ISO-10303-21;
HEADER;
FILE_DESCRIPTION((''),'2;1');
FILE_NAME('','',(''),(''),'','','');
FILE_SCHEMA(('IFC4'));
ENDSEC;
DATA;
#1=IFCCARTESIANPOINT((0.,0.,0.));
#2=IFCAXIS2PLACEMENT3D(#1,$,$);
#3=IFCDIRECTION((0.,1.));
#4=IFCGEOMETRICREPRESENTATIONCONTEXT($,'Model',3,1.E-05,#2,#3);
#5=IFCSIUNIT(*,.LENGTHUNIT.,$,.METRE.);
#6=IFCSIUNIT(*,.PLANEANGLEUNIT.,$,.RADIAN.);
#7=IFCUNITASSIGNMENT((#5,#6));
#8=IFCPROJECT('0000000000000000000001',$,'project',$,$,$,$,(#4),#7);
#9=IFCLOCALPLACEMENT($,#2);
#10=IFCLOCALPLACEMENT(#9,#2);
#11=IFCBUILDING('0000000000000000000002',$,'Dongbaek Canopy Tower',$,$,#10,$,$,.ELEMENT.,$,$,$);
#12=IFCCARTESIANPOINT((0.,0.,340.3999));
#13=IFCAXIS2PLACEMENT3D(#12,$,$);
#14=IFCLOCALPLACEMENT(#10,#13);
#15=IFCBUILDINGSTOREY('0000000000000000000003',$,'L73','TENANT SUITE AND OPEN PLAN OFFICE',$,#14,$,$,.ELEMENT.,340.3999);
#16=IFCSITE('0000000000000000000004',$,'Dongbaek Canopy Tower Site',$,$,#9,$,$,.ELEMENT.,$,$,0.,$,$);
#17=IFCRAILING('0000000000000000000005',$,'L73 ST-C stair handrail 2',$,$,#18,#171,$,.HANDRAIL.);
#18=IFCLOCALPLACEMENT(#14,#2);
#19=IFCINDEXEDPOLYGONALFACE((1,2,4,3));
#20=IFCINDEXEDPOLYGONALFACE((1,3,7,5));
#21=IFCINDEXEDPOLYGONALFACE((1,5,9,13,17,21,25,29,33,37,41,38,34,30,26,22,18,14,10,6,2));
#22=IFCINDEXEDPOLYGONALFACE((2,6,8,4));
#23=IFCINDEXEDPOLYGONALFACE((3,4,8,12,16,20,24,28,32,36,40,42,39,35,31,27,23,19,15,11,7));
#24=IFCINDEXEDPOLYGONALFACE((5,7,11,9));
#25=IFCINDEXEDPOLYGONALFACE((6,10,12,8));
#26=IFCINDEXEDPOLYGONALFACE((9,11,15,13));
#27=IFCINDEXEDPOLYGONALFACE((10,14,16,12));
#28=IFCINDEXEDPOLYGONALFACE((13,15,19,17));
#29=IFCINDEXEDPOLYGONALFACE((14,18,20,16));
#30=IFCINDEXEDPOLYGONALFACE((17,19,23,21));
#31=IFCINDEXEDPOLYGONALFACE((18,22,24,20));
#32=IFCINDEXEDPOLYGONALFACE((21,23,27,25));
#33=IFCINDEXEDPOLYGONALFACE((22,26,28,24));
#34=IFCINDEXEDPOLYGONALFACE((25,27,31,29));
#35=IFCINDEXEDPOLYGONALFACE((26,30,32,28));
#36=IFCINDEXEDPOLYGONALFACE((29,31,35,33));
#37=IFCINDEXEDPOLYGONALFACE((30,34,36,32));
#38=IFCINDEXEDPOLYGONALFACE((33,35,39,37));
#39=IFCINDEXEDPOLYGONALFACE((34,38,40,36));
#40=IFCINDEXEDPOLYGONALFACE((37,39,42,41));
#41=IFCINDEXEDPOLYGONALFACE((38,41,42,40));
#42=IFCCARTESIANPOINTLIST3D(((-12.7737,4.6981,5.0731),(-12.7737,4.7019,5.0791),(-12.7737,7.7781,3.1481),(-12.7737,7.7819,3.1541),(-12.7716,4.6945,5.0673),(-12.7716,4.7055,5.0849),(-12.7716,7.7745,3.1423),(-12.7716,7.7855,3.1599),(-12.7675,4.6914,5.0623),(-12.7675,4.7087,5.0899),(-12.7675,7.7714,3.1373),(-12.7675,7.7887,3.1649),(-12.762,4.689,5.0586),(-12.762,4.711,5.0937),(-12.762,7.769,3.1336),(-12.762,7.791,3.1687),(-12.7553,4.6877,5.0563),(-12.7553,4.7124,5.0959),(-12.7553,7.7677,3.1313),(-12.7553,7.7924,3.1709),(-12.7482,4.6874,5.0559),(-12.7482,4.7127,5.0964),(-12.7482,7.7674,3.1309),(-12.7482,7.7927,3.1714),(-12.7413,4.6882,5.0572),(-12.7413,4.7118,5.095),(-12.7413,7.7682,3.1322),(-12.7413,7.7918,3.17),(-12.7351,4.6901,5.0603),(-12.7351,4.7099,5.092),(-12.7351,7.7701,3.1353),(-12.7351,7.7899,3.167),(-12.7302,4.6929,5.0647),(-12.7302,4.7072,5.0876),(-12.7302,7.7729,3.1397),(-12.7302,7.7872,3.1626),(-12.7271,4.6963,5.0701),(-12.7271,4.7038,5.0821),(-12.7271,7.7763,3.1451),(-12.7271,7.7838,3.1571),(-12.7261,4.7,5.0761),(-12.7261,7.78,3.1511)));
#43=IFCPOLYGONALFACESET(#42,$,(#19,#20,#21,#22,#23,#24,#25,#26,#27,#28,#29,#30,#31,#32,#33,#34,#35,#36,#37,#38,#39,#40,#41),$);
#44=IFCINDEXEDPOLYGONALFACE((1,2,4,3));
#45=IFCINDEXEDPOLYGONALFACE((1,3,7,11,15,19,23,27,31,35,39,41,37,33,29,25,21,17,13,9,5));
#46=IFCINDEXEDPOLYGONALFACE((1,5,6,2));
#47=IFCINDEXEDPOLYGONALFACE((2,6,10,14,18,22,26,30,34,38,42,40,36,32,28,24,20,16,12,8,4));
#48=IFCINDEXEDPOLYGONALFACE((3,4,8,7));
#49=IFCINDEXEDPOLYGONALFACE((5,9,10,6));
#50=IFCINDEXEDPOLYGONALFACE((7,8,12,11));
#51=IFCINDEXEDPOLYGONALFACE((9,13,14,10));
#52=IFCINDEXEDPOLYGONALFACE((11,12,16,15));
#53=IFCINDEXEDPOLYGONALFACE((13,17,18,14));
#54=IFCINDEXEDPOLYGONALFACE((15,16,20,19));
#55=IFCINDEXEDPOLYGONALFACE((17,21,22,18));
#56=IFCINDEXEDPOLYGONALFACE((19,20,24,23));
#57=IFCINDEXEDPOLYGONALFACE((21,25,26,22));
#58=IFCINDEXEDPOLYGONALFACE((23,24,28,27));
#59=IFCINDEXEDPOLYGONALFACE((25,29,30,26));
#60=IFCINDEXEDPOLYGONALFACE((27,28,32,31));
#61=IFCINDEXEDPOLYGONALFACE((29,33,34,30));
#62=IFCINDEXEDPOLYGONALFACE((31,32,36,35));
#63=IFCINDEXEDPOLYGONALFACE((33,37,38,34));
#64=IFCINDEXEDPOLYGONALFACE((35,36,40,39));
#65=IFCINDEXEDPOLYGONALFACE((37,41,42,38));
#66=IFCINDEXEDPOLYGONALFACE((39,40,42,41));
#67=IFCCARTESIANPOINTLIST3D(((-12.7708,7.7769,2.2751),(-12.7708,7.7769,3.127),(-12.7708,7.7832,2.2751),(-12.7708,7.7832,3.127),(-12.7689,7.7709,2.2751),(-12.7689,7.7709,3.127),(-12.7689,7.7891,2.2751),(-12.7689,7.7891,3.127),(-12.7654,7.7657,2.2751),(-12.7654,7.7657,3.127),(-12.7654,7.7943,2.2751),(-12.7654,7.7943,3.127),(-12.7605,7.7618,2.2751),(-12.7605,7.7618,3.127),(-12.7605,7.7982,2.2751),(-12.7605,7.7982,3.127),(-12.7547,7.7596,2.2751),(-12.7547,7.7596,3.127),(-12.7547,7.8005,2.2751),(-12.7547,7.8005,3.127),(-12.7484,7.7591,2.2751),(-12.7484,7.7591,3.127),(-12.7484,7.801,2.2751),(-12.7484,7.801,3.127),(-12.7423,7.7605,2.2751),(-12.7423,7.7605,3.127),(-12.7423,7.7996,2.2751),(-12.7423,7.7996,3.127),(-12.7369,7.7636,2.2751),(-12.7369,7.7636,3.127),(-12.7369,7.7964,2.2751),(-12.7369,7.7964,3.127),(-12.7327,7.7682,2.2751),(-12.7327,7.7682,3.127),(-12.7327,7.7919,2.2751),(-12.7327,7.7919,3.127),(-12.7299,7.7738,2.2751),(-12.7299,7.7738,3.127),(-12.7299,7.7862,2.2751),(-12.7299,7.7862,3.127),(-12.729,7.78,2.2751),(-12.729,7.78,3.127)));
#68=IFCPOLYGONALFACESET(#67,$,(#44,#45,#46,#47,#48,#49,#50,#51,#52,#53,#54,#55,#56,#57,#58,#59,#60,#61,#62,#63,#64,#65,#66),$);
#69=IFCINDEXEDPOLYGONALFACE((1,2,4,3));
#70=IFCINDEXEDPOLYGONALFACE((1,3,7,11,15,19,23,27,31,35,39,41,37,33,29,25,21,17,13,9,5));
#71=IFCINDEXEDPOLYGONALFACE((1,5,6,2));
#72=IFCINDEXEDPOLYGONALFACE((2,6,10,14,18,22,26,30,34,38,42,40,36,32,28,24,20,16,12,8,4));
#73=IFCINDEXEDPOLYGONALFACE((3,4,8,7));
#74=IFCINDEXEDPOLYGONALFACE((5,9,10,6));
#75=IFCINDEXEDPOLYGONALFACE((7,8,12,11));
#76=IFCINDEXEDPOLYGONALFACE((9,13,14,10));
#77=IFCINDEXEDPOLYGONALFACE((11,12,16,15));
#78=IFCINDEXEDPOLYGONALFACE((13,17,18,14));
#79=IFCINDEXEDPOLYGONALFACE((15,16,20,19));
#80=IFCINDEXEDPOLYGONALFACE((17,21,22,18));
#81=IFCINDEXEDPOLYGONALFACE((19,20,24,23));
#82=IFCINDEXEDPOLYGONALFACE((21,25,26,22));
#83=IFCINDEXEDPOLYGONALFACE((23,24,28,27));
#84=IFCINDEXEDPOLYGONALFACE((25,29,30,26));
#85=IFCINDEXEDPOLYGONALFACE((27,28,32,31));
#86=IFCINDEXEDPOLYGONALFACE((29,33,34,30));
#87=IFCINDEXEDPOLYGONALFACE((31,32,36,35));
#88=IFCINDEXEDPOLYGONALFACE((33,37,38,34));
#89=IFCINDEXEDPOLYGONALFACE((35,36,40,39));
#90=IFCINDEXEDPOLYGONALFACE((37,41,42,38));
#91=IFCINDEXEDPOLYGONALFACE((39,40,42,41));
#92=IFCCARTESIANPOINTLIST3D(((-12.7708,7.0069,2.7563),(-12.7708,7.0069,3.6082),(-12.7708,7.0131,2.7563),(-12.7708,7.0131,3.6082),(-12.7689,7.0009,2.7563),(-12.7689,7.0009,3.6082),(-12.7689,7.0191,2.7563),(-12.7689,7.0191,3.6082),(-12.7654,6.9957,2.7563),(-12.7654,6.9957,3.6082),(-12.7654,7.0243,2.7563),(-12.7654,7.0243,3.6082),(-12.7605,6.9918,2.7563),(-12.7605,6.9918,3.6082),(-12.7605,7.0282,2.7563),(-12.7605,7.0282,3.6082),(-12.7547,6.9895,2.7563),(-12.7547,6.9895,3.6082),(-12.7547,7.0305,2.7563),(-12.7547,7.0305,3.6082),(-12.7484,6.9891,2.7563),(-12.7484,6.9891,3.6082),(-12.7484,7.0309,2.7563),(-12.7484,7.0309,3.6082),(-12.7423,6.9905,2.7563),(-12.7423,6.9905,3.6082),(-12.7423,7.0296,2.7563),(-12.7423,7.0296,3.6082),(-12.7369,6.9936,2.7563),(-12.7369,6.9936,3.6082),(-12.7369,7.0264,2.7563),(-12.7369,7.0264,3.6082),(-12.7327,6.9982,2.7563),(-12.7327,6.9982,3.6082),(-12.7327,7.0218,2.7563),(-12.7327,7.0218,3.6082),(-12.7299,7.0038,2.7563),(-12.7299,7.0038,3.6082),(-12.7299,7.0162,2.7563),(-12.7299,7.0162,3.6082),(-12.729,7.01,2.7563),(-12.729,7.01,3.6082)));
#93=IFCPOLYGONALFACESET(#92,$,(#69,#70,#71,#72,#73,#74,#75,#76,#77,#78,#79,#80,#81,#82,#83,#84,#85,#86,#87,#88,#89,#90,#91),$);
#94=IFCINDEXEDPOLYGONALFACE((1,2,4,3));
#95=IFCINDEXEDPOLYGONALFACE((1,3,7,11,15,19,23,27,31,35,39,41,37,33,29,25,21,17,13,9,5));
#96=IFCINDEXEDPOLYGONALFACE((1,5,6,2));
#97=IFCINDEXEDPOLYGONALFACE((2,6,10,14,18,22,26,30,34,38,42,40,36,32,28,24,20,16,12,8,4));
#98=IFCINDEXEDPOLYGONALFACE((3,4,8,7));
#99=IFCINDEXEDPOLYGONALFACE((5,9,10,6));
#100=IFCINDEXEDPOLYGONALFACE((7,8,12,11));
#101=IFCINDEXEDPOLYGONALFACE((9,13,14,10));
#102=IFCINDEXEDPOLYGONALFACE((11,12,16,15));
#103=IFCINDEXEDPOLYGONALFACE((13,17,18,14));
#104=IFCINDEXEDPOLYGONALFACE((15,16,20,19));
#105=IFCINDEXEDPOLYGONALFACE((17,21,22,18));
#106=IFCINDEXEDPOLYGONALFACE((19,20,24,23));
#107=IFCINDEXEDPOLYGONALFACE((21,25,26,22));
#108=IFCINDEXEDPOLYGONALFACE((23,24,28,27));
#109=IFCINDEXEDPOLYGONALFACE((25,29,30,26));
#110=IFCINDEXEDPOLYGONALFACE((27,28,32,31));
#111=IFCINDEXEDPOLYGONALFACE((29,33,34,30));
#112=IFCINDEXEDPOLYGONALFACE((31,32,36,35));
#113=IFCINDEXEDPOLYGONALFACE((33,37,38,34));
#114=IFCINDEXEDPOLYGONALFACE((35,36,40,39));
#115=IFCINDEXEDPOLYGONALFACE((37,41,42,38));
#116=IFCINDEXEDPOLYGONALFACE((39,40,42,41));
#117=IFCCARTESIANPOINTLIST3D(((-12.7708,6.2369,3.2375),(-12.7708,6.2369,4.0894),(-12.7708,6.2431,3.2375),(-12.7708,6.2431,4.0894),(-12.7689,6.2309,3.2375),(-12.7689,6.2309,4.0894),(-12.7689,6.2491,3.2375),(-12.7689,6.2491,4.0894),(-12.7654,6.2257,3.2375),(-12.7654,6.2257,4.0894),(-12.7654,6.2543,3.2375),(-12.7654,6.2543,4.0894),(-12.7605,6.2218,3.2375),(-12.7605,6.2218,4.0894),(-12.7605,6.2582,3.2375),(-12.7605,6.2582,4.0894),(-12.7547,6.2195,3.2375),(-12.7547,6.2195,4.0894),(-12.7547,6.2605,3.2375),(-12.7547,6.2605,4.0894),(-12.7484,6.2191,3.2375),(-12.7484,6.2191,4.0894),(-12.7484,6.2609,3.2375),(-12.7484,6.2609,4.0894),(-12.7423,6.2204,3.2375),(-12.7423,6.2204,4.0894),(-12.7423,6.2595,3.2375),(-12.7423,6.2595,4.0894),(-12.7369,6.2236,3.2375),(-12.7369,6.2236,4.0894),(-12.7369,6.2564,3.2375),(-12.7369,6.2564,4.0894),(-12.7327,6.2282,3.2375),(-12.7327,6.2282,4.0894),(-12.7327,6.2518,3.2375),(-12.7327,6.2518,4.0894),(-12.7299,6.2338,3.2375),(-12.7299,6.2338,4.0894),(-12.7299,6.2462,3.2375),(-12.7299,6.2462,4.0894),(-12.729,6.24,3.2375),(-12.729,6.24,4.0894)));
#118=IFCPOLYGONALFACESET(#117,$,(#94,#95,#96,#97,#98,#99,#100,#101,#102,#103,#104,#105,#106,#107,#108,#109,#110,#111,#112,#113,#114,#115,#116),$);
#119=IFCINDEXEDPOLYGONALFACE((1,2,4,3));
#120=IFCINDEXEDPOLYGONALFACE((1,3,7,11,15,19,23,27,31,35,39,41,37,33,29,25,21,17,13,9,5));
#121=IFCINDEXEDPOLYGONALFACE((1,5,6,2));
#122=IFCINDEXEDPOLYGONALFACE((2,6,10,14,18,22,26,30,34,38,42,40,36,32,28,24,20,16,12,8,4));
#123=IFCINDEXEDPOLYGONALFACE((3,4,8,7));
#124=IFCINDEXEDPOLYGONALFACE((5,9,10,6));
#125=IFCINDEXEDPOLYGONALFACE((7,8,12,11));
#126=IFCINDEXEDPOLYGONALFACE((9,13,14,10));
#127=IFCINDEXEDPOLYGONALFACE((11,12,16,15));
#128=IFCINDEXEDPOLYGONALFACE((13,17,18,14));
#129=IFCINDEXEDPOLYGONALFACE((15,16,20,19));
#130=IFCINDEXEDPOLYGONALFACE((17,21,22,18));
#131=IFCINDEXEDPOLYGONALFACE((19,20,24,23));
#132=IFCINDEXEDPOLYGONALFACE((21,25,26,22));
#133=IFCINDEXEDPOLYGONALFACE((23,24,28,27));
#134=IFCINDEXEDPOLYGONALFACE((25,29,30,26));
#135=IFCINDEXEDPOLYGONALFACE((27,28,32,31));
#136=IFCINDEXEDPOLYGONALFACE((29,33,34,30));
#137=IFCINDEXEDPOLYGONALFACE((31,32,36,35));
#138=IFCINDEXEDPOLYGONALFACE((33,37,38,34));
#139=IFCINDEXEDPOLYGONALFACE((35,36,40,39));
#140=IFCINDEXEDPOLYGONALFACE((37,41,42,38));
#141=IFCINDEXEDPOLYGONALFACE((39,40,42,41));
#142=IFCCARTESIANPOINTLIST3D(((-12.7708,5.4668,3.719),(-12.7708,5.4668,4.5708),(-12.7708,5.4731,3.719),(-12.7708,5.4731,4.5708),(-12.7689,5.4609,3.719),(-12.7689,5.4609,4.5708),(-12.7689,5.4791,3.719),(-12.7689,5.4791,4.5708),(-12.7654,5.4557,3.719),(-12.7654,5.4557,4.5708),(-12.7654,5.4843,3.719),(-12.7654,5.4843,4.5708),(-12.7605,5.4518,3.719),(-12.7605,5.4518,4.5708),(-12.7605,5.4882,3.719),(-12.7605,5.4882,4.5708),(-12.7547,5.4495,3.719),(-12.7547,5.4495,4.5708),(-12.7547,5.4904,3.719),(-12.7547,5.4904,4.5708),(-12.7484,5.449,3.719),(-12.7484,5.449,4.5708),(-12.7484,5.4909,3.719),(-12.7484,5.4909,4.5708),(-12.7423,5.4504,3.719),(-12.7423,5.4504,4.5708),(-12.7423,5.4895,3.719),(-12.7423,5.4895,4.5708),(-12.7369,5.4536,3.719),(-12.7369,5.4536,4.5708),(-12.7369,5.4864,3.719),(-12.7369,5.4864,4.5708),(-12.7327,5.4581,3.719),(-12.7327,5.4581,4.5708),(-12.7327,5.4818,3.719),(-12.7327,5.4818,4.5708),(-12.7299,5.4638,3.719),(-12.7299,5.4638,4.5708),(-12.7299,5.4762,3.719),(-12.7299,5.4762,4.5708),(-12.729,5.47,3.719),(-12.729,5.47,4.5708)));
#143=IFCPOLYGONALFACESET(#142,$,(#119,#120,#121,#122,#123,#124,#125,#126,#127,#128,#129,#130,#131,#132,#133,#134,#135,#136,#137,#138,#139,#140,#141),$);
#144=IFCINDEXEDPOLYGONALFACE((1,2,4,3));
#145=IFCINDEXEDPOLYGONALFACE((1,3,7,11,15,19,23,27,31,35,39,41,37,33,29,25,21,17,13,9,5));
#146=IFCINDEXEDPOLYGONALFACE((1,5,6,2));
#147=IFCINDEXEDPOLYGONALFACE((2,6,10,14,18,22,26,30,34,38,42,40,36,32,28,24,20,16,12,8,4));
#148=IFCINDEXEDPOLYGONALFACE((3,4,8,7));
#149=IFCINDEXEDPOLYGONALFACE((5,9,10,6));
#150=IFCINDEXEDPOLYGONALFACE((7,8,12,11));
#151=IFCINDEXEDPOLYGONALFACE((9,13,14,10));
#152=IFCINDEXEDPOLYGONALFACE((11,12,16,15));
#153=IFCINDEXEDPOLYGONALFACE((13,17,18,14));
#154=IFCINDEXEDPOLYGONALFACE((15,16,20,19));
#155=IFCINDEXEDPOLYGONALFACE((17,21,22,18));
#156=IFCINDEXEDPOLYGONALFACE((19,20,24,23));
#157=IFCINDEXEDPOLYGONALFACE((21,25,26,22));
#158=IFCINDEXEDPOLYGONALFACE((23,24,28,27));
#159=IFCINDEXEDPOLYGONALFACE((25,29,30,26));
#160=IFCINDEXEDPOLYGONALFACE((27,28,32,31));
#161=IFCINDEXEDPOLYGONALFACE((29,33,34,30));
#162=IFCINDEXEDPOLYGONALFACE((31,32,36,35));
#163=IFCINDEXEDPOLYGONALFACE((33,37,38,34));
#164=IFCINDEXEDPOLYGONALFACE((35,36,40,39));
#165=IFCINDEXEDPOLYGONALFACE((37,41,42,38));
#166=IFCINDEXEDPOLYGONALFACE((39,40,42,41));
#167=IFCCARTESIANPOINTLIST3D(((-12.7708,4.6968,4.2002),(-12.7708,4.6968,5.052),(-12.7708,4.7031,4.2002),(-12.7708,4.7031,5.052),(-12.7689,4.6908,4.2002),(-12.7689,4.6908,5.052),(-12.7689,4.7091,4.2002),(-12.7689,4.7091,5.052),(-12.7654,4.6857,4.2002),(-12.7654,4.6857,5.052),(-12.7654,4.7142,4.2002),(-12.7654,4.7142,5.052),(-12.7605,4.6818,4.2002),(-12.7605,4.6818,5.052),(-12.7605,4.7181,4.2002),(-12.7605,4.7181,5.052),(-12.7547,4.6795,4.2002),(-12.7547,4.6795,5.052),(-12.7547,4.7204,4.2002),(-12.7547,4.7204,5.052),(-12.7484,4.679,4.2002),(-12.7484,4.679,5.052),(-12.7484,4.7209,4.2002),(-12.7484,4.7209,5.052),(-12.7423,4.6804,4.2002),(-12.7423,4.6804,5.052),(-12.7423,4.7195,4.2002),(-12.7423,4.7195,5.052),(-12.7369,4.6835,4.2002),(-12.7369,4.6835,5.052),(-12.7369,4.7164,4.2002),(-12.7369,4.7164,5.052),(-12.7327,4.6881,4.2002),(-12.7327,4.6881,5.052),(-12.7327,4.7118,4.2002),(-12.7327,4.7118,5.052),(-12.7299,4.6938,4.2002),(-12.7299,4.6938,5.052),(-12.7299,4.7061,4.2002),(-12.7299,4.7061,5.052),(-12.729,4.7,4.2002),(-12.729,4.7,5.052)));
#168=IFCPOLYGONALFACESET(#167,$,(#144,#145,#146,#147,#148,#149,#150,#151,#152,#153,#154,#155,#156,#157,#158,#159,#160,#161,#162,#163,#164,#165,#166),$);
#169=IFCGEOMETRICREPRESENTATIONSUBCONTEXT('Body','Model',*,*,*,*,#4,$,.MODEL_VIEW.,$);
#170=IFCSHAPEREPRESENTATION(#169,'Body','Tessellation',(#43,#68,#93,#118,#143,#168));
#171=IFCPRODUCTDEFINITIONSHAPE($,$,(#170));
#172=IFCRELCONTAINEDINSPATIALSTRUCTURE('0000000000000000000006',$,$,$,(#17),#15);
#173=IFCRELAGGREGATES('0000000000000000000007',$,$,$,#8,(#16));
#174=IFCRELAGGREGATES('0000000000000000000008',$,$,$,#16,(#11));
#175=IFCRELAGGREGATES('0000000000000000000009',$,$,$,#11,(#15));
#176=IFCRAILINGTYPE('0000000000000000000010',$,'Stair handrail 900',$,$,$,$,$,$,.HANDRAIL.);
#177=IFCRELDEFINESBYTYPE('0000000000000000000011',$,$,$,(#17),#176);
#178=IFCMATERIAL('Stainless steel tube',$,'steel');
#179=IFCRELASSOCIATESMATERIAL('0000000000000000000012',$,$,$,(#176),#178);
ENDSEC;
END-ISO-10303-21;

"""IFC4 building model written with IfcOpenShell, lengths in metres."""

from ifc_helpers import new_model, si_unit, direction, frame, origin, origin_2d, place, context, subcontext, project, spatial, circle, extrude, material, type_object, element, save


model = new_model("IFC4")

# Units and contexts
model_context = context("Model", 3, precision=1e-05, world=origin(), true_north=direction((0.0, 1.0)))
body_context = subcontext(model_context, "Body", "Model", "MODEL_VIEW")
ifc_project = project(units=[si_unit("LENGTHUNIT", "METRE"), si_unit("PLANEANGLEUNIT", "RADIAN")], contexts=[model_context])

# Site, building, storey
site_placement = place(None, origin())
site = spatial("IfcSite", under=ifc_project, at=site_placement, Name="Dongbaek Canopy Tower Site", CompositionType="ELEMENT", RefElevation=0.0)
building_placement = place(site_placement, origin())
building = spatial("IfcBuilding", under=site, at=building_placement, Name="Dongbaek Canopy Tower", CompositionType="ELEMENT")
storey_placement = place(building_placement, frame((0.0, 0.0, 340.3999)))
storey = spatial("IfcBuildingStorey", under=building, at=storey_placement, Name="L73", Description="TENANT SUITE AND OPEN PLAN OFFICE", CompositionType="ELEMENT", Elevation=340.3999)

# Railing
ifc_material_1 = material(Name="Stainless steel tube", Category="steel")
railing_type_1 = type_object("IfcRailingType", Name="Stair handrail 900", PredefinedType="HANDRAIL", material=ifc_material_1)
railing_1_placement = place(storey_placement, frame((-12.75, 7.78, 2.2751)))
element("IfcRailing", 1, at=railing_1_placement, inside=storey, type_object=railing_type_1, Name="L73 ST-C stair handrail 2", PredefinedType="HANDRAIL", context=body_context, shape_type="SweptSolid", body=[
    extrude(circle(Radius=0.0239, at=origin_2d()), frame((0.0, 0.0, 0.876), z_axis=(0.0, -0.847998, 0.529999), x_axis=(1.0, 0.0, 0.0)), (0.0, 0.0, 1.0), 3.6321),
    extrude(circle(Radius=0.021, at=origin_2d()), origin(), (0.0, 0.0, 1.0), 0.8518),
    extrude(circle(Radius=0.021, at=origin_2d()), frame((0.0, -0.77, 0.4812)), (0.0, 0.0, 1.0), 0.8518),
    extrude(circle(Radius=0.021, at=origin_2d()), frame((0.0, -1.54, 0.9624)), (0.0, 0.0, 1.0), 0.8518),
    extrude(circle(Radius=0.021, at=origin_2d()), frame((0.0, -2.3101, 1.4438)), (0.0, 0.0, 1.0), 0.8518),
    extrude(circle(Radius=0.021, at=origin_2d()), frame((0.0, -3.0801, 1.925)), (0.0, 0.0, 1.0), 0.8518),
])

save(model, "model.ifc")
